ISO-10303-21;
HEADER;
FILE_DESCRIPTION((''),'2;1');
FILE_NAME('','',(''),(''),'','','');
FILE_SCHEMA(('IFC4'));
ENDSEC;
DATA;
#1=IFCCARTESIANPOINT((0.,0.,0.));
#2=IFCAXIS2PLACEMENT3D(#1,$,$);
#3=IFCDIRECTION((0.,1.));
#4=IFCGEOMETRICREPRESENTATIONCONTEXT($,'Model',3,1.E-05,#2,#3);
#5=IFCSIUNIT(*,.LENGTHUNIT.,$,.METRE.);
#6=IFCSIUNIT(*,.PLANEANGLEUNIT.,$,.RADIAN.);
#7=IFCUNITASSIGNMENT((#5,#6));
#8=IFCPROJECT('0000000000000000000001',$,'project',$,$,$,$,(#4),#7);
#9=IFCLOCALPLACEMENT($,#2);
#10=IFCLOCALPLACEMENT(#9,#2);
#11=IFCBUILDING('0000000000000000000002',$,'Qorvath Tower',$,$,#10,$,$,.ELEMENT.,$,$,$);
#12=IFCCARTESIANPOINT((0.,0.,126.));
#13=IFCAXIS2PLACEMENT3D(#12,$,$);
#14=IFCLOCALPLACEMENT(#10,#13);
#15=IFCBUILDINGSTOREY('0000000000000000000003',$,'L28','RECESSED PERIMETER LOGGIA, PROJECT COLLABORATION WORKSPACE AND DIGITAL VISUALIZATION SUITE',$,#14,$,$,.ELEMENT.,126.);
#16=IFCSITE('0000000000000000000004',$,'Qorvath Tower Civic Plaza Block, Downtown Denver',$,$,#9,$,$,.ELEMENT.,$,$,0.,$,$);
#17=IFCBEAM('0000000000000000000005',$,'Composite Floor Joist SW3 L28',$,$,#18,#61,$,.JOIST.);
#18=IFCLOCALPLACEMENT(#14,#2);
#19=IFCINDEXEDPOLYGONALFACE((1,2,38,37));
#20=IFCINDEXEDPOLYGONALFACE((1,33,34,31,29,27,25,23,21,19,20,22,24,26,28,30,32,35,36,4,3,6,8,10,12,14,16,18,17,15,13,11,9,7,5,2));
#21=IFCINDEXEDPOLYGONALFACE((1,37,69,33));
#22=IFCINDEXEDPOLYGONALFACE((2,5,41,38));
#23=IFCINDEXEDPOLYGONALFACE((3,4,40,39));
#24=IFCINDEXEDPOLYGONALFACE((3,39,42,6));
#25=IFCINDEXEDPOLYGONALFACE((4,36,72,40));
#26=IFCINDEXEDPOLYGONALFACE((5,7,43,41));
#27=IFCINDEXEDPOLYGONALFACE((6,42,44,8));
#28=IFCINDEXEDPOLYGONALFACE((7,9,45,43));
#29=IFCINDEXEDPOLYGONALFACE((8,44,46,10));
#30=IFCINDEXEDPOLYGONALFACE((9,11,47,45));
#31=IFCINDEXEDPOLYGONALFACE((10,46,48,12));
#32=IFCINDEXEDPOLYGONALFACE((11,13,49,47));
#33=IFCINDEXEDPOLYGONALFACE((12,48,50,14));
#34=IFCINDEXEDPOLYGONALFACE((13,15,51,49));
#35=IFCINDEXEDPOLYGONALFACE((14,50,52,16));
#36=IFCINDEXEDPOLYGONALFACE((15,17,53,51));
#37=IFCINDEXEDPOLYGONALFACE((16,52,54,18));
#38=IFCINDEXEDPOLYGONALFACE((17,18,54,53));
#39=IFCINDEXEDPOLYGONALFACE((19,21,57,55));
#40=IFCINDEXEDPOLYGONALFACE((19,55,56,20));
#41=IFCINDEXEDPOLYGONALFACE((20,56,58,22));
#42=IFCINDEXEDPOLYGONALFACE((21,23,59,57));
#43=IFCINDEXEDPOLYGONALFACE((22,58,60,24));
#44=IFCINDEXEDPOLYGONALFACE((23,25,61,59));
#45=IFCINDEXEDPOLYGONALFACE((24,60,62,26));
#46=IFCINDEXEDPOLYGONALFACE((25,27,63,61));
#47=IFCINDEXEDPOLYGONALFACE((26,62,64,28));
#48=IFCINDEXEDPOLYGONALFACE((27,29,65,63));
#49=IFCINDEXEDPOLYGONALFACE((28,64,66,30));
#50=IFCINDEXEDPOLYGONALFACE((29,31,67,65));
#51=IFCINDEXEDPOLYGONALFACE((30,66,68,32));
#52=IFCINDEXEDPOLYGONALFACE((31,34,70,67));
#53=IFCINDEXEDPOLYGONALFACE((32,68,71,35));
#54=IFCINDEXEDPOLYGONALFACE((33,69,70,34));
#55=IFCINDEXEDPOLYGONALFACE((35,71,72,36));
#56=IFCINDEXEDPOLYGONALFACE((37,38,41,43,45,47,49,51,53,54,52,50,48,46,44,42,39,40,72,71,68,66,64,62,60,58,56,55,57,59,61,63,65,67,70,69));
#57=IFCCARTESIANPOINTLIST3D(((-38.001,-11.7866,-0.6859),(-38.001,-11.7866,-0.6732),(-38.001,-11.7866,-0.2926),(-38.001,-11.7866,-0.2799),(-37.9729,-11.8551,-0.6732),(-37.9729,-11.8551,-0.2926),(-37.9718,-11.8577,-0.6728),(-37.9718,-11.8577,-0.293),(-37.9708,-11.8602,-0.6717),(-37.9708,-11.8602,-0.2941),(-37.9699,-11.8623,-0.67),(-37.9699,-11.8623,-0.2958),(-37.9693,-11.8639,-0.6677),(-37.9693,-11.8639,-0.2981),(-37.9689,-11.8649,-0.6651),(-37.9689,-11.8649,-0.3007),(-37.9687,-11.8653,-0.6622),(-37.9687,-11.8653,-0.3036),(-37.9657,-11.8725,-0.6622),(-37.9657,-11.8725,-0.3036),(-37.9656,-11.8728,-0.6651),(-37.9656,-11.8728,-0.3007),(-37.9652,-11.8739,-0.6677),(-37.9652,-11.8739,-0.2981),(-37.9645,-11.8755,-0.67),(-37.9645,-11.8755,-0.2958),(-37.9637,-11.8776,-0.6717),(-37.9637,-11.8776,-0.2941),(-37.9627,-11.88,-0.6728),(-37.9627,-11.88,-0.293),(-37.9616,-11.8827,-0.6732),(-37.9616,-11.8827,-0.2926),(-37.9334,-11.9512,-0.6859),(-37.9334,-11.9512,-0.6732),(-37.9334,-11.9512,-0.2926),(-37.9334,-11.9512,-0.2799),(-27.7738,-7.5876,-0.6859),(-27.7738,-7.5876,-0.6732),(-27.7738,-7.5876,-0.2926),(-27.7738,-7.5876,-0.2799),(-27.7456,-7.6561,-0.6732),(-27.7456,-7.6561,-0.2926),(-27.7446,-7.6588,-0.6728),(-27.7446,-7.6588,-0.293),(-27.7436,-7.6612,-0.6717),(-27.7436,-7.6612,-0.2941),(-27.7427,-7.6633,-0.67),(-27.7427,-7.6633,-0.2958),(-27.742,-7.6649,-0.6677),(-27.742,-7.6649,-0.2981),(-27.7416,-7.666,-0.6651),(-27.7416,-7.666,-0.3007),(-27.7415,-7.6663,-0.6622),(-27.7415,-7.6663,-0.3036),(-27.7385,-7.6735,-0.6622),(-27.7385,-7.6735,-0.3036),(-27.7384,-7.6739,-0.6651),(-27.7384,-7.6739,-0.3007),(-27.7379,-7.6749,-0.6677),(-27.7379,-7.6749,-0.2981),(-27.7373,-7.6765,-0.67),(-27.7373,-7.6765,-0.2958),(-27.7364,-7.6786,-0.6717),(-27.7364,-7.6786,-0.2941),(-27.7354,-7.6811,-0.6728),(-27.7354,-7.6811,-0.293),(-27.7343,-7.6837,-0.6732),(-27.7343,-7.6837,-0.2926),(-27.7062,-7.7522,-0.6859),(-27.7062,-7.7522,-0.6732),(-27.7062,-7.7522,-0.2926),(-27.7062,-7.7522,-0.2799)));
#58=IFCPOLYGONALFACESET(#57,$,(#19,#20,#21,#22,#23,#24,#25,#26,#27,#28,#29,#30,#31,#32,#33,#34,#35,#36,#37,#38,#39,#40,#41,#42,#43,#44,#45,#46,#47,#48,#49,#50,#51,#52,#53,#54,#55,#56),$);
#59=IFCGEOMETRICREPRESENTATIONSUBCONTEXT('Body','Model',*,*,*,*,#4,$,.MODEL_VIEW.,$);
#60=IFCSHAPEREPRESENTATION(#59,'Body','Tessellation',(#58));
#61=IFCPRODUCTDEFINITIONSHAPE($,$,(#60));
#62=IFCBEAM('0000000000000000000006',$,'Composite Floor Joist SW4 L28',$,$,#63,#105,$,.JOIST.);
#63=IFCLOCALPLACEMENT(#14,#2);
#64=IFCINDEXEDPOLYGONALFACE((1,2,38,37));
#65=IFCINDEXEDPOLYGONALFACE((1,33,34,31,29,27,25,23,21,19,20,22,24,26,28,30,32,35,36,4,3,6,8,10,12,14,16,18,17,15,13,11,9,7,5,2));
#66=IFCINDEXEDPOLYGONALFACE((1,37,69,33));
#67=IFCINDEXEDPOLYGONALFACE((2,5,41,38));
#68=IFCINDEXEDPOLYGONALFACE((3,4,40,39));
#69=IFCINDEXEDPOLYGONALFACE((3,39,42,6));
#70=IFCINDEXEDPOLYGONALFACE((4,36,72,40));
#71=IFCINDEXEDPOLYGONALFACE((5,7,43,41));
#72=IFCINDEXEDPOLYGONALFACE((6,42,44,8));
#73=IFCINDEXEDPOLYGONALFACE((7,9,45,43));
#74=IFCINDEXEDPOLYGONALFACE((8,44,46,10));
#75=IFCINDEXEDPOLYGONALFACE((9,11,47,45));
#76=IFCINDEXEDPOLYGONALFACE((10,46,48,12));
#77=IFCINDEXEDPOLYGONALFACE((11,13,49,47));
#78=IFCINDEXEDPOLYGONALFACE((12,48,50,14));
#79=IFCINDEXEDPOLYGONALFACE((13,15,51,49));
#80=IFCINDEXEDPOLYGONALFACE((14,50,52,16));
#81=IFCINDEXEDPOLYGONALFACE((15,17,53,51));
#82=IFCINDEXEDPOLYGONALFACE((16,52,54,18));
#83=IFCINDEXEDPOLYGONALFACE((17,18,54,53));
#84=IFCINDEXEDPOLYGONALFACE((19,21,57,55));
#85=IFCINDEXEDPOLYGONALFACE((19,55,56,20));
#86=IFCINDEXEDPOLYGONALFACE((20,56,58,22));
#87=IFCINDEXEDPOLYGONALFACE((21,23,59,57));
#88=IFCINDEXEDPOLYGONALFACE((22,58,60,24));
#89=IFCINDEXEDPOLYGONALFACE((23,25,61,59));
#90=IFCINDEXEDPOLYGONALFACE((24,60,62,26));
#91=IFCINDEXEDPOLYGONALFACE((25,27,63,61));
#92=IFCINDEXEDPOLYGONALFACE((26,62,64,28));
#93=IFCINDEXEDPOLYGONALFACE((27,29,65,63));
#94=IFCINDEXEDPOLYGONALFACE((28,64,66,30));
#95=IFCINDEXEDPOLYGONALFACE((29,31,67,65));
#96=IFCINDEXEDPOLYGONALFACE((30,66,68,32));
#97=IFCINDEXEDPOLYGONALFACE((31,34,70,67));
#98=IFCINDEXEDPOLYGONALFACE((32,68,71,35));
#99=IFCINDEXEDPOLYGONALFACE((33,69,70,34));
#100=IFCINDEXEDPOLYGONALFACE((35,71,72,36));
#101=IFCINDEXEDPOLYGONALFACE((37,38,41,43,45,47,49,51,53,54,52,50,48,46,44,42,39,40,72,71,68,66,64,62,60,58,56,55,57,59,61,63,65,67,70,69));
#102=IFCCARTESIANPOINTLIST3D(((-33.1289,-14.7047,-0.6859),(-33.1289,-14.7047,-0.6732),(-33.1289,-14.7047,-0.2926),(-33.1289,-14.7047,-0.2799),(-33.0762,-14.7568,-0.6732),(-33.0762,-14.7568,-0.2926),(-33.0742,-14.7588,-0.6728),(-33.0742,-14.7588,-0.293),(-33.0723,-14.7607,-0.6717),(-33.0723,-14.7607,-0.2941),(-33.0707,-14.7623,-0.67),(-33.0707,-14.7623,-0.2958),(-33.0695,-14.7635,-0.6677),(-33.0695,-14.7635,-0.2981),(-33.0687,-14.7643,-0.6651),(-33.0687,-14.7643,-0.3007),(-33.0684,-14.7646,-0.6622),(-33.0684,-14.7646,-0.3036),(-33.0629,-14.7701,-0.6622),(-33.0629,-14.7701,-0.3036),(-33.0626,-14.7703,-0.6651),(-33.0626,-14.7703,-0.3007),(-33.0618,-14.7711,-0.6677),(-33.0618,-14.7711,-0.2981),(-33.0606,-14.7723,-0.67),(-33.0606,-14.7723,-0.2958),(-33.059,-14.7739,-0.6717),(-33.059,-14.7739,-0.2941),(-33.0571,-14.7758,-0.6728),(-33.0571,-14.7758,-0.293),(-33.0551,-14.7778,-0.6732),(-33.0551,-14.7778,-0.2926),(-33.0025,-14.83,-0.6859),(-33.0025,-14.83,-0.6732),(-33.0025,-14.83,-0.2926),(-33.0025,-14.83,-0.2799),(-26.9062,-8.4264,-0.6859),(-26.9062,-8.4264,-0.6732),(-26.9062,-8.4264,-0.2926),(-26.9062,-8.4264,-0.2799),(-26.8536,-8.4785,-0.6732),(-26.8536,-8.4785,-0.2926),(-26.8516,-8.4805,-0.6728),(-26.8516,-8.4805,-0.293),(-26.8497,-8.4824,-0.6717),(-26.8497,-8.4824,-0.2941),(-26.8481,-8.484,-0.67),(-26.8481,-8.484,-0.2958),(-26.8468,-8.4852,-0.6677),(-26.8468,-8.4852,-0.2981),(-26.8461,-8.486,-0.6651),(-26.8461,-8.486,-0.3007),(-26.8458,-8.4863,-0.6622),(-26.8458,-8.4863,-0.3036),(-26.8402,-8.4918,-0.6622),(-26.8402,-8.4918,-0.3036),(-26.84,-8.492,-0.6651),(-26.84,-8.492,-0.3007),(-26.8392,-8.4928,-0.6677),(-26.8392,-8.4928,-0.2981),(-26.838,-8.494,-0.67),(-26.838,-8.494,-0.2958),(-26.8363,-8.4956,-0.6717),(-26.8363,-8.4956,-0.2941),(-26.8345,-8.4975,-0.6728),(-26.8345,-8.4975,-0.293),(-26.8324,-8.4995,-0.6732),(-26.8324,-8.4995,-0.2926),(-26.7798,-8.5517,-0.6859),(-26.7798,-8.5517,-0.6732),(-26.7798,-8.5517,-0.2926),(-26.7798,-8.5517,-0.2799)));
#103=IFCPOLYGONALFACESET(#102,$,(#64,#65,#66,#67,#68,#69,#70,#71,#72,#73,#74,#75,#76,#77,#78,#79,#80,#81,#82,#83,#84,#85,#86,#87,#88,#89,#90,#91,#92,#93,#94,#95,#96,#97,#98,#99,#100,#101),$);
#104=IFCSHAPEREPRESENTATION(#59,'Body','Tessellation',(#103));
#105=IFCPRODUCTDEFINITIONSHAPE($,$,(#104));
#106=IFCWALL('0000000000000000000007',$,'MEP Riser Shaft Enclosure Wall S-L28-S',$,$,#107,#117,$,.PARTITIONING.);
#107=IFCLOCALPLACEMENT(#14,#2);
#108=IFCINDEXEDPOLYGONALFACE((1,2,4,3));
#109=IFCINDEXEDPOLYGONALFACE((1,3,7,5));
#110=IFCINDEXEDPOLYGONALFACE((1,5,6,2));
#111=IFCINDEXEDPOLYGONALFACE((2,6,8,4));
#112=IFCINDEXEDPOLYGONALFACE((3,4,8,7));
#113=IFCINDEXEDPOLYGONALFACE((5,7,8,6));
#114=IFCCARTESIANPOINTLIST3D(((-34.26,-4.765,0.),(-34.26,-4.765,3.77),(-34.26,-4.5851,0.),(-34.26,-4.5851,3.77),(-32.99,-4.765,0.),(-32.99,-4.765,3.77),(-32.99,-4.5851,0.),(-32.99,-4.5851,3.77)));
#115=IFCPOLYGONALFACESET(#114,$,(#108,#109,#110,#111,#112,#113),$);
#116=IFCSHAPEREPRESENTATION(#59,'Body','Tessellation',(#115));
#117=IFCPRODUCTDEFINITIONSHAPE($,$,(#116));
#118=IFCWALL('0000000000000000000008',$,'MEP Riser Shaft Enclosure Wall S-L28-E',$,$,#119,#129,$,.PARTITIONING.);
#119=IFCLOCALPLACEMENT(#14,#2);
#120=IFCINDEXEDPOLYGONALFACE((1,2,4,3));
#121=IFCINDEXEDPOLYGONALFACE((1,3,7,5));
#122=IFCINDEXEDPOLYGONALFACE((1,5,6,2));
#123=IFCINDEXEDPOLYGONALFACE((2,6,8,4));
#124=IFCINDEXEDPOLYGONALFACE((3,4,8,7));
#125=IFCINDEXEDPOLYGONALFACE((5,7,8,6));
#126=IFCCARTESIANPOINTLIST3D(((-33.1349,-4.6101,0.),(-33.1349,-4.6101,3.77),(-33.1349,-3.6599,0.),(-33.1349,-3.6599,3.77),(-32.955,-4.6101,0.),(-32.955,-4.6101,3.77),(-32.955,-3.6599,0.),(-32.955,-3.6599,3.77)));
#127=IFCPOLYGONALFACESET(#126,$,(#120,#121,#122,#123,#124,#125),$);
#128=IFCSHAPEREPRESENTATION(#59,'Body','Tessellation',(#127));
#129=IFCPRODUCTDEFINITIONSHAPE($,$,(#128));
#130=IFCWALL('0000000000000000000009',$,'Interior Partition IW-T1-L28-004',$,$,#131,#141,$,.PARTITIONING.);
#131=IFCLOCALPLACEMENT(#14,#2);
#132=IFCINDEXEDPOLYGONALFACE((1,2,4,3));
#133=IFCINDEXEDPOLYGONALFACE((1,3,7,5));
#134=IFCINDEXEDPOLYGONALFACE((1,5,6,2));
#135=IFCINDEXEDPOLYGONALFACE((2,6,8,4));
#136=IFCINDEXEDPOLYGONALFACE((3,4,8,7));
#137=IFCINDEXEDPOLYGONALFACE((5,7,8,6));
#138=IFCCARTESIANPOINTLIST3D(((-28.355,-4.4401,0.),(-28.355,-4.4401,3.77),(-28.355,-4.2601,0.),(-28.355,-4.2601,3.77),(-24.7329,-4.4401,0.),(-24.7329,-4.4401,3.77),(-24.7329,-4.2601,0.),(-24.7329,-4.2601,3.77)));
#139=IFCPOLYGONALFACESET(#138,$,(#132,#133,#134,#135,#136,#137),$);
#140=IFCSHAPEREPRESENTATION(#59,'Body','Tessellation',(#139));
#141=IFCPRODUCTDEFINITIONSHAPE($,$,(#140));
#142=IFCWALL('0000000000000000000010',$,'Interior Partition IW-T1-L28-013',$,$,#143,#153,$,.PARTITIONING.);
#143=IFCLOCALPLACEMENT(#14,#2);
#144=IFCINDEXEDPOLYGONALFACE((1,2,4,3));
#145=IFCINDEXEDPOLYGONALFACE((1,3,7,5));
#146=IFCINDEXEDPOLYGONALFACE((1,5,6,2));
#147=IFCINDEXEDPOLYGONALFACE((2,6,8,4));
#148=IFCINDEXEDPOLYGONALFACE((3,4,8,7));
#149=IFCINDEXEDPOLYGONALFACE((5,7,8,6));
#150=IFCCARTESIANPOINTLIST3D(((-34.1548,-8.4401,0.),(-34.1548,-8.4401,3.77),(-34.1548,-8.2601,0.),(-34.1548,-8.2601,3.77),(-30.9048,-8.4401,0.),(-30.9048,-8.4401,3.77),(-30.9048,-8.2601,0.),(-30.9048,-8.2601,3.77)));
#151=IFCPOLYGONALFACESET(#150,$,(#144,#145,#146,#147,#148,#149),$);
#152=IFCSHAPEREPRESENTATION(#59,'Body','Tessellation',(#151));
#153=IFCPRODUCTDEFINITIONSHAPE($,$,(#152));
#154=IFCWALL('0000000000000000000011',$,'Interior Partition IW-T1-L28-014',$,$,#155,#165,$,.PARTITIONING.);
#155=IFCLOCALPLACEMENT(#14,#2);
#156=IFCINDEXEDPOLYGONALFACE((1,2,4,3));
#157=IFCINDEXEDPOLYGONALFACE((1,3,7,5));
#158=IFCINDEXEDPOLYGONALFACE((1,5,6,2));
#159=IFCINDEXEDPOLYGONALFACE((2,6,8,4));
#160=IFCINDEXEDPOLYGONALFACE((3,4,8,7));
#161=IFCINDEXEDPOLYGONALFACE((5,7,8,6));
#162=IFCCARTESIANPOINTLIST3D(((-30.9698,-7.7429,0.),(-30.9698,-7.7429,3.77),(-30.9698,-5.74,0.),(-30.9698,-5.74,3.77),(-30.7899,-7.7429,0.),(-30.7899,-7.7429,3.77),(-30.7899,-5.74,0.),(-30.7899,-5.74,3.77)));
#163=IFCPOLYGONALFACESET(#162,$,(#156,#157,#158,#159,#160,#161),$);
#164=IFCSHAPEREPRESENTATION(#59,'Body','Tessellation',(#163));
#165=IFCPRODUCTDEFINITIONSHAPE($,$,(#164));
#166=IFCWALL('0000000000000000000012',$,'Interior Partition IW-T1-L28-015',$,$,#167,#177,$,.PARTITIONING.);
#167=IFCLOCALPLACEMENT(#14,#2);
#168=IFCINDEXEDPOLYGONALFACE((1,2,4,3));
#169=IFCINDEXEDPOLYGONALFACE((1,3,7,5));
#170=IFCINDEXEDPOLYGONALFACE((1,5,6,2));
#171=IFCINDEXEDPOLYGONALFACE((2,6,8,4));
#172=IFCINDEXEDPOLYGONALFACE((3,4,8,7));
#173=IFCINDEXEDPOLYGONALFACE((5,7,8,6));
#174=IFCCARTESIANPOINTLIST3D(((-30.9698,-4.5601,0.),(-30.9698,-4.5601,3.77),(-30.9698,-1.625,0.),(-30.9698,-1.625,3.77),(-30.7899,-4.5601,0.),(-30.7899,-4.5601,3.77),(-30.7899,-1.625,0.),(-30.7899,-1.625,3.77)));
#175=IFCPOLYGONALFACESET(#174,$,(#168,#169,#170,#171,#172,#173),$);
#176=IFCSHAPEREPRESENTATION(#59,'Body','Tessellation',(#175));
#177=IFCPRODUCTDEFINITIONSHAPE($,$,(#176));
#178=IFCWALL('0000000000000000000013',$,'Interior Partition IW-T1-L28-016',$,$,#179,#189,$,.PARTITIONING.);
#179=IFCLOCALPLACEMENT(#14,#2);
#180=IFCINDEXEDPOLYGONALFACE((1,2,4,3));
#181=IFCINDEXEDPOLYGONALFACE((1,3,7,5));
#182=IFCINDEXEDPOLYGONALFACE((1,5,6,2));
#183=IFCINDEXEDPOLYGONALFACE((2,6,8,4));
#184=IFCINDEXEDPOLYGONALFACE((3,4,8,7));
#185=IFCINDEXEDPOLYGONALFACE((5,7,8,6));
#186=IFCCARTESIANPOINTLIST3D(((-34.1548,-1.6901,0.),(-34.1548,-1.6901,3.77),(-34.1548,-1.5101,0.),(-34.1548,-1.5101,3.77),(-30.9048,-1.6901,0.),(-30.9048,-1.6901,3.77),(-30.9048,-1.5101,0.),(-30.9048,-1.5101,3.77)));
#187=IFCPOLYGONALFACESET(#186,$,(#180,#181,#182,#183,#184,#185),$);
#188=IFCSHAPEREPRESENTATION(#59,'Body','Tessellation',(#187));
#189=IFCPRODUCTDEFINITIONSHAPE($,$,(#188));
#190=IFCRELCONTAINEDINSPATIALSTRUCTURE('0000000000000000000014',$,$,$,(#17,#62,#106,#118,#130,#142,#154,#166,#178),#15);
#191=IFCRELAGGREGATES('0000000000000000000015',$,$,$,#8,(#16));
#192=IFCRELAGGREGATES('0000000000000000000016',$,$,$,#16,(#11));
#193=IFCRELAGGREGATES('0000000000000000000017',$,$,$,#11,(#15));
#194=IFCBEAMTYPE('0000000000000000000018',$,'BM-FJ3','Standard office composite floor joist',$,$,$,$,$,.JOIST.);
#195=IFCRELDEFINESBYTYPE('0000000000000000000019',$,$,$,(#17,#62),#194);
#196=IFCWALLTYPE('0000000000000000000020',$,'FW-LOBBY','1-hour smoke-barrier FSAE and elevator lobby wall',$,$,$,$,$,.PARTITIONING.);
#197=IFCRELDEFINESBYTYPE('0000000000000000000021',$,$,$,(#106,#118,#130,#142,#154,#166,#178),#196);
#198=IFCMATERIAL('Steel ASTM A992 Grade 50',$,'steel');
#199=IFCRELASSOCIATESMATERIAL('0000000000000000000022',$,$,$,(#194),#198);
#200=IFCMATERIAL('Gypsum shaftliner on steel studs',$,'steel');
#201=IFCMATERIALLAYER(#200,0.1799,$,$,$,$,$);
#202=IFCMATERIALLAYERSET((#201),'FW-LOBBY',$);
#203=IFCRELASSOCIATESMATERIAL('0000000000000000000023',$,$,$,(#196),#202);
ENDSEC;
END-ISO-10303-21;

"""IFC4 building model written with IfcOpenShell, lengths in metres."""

from ifc_helpers import new_model, si_unit, direction, frame, frame_2d, origin, origin_2d, place, context, subcontext, project, spatial, rectangle, i_section, extrude, material, layer, layer_set, material_profile, profile_set, type_object, element, save


model = new_model("IFC4")

# Units and contexts
model_context = context("Model", 3, precision=1e-05, world=origin(), true_north=direction((0.0, 1.0)))
body_context = subcontext(model_context, "Body", "Model", "MODEL_VIEW")
ifc_project = project(units=[si_unit("LENGTHUNIT", "METRE"), si_unit("PLANEANGLEUNIT", "RADIAN")], contexts=[model_context])

# Site, building, storey
site_placement = place(None, origin())
site = spatial("IfcSite", under=ifc_project, at=site_placement, Name="Qorvath Tower Civic Plaza Block, Downtown Denver", CompositionType="ELEMENT", RefElevation=0.0)
building_placement = place(site_placement, origin())
building = spatial("IfcBuilding", under=site, at=building_placement, Name="Qorvath Tower", CompositionType="ELEMENT")
storey_placement = place(building_placement, frame((0.0, 0.0, 126.0)))
storey = spatial("IfcBuildingStorey", under=building, at=storey_placement, Name="L28", Description="RECESSED PERIMETER LOGGIA, PROJECT COLLABORATION WORKSPACE AND DIGITAL VISUALIZATION SUITE", CompositionType="ELEMENT", Elevation=126.0)

# Beams
ifc_material_1 = material(Name="Steel ASTM A992 Grade 50", Category="steel")
ifc_material_profile_1 = material_profile(ifc_material_1, i_section(OverallWidth=0.178, OverallDepth=0.406, WebThickness=0.0078, FlangeThickness=0.0127, FilletRadius=0.011, at=origin_2d()), Name="W16x40")
ifc_profile_set_1 = profile_set([ifc_material_profile_1], Name="Steel ASTM A992 Grade 50")
beam_type_1 = type_object("IfcBeamType", Name="BM-FJ3", Description="Standard office composite floor joist", PredefinedType="JOIST", material=ifc_profile_set_1)
beam_1_placement = place(storey_placement, frame((-27.74, -7.6699, -0.4829), z_axis=(-0.925068, -0.379801, 0.0), x_axis=(0.379801, -0.925068, 0.0)))
element("IfcBeam", 1, at=beam_1_placement, inside=storey, type_object=beam_type_1, Name="Composite Floor Joist SW3 L28", PredefinedType="JOIST", context=body_context, shape_type="SweptSolid", body=[
    extrude(i_section(OverallWidth=0.178, OverallDepth=0.406, WebThickness=0.0078, FlangeThickness=0.0127, FilletRadius=0.011, at=origin_2d()), origin(), (0.0, 0.0, 1.0), 11.0557),
])
beam_2_placement = place(storey_placement, frame((-26.843, -8.489, -0.4829), z_axis=(-0.703951, -0.710248, 0.0), x_axis=(0.710248, -0.703951, 0.0)))
element("IfcBeam", 2, at=beam_2_placement, inside=storey, type_object=beam_type_1, Name="Composite Floor Joist SW4 L28", PredefinedType="JOIST", context=body_context, shape_type="SweptSolid", body=[
    extrude(i_section(OverallWidth=0.178, OverallDepth=0.406, WebThickness=0.0078, FlangeThickness=0.0127, FilletRadius=0.011, at=origin_2d()), origin(), (0.0, 0.0, 1.0), 8.8396),
])

# Walls
ifc_material_2 = material(Name="Gypsum shaftliner on steel studs", Category="steel")
ifc_layer_1 = layer(ifc_material_2, 0.1799)
ifc_layer_set_1 = layer_set([ifc_layer_1], Name="FW-LOBBY")
wall_type_1 = type_object("IfcWallType", Name="FW-LOBBY", Description="1-hour smoke-barrier FSAE and elevator lobby wall", PredefinedType="PARTITIONING", material=ifc_layer_set_1)
wall_1_placement = place(storey_placement, frame((-32.99, -4.675, 0.0), z_axis=(0.0, 0.0, 1.0), x_axis=(-1.0, 0.0, 0.0)))
element("IfcWall", 3, at=wall_1_placement, inside=storey, type_object=wall_type_1, Name="MEP Riser Shaft Enclosure Wall S-L28-S", PredefinedType="PARTITIONING", context=body_context, shape_type="SweptSolid", body=[
    extrude(rectangle(XDim=1.27, YDim=0.1799, at=frame_2d((0.635, 0.0))), origin(), (0.0, 0.0, 1.0), 3.77),
])
wall_2_placement = place(storey_placement, frame((-33.0449, -3.6599, 0.0), z_axis=(0.0, 0.0, 1.0), x_axis=(0.0, -1.0, 0.0)))
element("IfcWall", 4, at=wall_2_placement, inside=storey, type_object=wall_type_1, Name="MEP Riser Shaft Enclosure Wall S-L28-E", PredefinedType="PARTITIONING", context=body_context, shape_type="SweptSolid", body=[
    extrude(rectangle(XDim=0.9502, YDim=0.1799, at=frame_2d((0.4751, 0.0))), origin(), (0.0, 0.0, 1.0), 3.77),
])

# Walls
wall_3_placement = place(storey_placement, frame((-24.7329, -4.3501, 0.0), z_axis=(0.0, 0.0, 1.0), x_axis=(-1.0, 0.0, 0.0)))
element("IfcWall", 5, at=wall_3_placement, inside=storey, type_object=wall_type_1, Name="Interior Partition IW-T1-L28-004", PredefinedType="PARTITIONING", context=body_context, shape_type="SweptSolid", body=[
    extrude(rectangle(XDim=3.6221, YDim=0.1799, at=frame_2d((1.811, 0.0))), origin(), (0.0, 0.0, 1.0), 3.77),
])
wall_4_placement = place(storey_placement, frame((-34.1548, -8.3501, 0.0), z_axis=(0.0, 0.0, 1.0), x_axis=(1.0, 0.0, 0.0)))
element("IfcWall", 6, at=wall_4_placement, inside=storey, type_object=wall_type_1, Name="Interior Partition IW-T1-L28-013", PredefinedType="PARTITIONING", context=body_context, shape_type="SweptSolid", body=[
    extrude(rectangle(XDim=3.25, YDim=0.1799, at=frame_2d((1.625, 0.0))), origin(), (0.0, 0.0, 1.0), 3.77),
])
wall_5_placement = place(storey_placement, frame((-30.8799, -7.7429, 0.0), z_axis=(0.0, 0.0, 1.0), x_axis=(0.0, 1.0, 0.0)))
element("IfcWall", 7, at=wall_5_placement, inside=storey, type_object=wall_type_1, Name="Interior Partition IW-T1-L28-014", PredefinedType="PARTITIONING", context=body_context, shape_type="SweptSolid", body=[
    extrude(rectangle(XDim=2.0029, YDim=0.1799, at=frame_2d((1.0015, 0.0))), origin(), (0.0, 0.0, 1.0), 3.77),
])
wall_6_placement = place(storey_placement, frame((-30.8799, -4.5601, 0.0), z_axis=(0.0, 0.0, 1.0), x_axis=(0.0, 1.0, 0.0)))
element("IfcWall", 8, at=wall_6_placement, inside=storey, type_object=wall_type_1, Name="Interior Partition IW-T1-L28-015", PredefinedType="PARTITIONING", context=body_context, shape_type="SweptSolid", body=[
    extrude(rectangle(XDim=2.9351, YDim=0.1799, at=frame_2d((1.4675, 0.0))), origin(), (0.0, 0.0, 1.0), 3.77),
])
wall_7_placement = place(storey_placement, frame((-30.9048, -1.6001, 0.0), z_axis=(0.0, 0.0, 1.0), x_axis=(-1.0, 0.0, 0.0)))
element("IfcWall", 9, at=wall_7_placement, inside=storey, type_object=wall_type_1, Name="Interior Partition IW-T1-L28-016", PredefinedType="PARTITIONING", context=body_context, shape_type="SweptSolid", body=[
    extrude(rectangle(XDim=3.25, YDim=0.1799, at=frame_2d((1.625, 0.0))), origin(), (0.0, 0.0, 1.0), 3.77),
])

save(model, "model.ifc")
